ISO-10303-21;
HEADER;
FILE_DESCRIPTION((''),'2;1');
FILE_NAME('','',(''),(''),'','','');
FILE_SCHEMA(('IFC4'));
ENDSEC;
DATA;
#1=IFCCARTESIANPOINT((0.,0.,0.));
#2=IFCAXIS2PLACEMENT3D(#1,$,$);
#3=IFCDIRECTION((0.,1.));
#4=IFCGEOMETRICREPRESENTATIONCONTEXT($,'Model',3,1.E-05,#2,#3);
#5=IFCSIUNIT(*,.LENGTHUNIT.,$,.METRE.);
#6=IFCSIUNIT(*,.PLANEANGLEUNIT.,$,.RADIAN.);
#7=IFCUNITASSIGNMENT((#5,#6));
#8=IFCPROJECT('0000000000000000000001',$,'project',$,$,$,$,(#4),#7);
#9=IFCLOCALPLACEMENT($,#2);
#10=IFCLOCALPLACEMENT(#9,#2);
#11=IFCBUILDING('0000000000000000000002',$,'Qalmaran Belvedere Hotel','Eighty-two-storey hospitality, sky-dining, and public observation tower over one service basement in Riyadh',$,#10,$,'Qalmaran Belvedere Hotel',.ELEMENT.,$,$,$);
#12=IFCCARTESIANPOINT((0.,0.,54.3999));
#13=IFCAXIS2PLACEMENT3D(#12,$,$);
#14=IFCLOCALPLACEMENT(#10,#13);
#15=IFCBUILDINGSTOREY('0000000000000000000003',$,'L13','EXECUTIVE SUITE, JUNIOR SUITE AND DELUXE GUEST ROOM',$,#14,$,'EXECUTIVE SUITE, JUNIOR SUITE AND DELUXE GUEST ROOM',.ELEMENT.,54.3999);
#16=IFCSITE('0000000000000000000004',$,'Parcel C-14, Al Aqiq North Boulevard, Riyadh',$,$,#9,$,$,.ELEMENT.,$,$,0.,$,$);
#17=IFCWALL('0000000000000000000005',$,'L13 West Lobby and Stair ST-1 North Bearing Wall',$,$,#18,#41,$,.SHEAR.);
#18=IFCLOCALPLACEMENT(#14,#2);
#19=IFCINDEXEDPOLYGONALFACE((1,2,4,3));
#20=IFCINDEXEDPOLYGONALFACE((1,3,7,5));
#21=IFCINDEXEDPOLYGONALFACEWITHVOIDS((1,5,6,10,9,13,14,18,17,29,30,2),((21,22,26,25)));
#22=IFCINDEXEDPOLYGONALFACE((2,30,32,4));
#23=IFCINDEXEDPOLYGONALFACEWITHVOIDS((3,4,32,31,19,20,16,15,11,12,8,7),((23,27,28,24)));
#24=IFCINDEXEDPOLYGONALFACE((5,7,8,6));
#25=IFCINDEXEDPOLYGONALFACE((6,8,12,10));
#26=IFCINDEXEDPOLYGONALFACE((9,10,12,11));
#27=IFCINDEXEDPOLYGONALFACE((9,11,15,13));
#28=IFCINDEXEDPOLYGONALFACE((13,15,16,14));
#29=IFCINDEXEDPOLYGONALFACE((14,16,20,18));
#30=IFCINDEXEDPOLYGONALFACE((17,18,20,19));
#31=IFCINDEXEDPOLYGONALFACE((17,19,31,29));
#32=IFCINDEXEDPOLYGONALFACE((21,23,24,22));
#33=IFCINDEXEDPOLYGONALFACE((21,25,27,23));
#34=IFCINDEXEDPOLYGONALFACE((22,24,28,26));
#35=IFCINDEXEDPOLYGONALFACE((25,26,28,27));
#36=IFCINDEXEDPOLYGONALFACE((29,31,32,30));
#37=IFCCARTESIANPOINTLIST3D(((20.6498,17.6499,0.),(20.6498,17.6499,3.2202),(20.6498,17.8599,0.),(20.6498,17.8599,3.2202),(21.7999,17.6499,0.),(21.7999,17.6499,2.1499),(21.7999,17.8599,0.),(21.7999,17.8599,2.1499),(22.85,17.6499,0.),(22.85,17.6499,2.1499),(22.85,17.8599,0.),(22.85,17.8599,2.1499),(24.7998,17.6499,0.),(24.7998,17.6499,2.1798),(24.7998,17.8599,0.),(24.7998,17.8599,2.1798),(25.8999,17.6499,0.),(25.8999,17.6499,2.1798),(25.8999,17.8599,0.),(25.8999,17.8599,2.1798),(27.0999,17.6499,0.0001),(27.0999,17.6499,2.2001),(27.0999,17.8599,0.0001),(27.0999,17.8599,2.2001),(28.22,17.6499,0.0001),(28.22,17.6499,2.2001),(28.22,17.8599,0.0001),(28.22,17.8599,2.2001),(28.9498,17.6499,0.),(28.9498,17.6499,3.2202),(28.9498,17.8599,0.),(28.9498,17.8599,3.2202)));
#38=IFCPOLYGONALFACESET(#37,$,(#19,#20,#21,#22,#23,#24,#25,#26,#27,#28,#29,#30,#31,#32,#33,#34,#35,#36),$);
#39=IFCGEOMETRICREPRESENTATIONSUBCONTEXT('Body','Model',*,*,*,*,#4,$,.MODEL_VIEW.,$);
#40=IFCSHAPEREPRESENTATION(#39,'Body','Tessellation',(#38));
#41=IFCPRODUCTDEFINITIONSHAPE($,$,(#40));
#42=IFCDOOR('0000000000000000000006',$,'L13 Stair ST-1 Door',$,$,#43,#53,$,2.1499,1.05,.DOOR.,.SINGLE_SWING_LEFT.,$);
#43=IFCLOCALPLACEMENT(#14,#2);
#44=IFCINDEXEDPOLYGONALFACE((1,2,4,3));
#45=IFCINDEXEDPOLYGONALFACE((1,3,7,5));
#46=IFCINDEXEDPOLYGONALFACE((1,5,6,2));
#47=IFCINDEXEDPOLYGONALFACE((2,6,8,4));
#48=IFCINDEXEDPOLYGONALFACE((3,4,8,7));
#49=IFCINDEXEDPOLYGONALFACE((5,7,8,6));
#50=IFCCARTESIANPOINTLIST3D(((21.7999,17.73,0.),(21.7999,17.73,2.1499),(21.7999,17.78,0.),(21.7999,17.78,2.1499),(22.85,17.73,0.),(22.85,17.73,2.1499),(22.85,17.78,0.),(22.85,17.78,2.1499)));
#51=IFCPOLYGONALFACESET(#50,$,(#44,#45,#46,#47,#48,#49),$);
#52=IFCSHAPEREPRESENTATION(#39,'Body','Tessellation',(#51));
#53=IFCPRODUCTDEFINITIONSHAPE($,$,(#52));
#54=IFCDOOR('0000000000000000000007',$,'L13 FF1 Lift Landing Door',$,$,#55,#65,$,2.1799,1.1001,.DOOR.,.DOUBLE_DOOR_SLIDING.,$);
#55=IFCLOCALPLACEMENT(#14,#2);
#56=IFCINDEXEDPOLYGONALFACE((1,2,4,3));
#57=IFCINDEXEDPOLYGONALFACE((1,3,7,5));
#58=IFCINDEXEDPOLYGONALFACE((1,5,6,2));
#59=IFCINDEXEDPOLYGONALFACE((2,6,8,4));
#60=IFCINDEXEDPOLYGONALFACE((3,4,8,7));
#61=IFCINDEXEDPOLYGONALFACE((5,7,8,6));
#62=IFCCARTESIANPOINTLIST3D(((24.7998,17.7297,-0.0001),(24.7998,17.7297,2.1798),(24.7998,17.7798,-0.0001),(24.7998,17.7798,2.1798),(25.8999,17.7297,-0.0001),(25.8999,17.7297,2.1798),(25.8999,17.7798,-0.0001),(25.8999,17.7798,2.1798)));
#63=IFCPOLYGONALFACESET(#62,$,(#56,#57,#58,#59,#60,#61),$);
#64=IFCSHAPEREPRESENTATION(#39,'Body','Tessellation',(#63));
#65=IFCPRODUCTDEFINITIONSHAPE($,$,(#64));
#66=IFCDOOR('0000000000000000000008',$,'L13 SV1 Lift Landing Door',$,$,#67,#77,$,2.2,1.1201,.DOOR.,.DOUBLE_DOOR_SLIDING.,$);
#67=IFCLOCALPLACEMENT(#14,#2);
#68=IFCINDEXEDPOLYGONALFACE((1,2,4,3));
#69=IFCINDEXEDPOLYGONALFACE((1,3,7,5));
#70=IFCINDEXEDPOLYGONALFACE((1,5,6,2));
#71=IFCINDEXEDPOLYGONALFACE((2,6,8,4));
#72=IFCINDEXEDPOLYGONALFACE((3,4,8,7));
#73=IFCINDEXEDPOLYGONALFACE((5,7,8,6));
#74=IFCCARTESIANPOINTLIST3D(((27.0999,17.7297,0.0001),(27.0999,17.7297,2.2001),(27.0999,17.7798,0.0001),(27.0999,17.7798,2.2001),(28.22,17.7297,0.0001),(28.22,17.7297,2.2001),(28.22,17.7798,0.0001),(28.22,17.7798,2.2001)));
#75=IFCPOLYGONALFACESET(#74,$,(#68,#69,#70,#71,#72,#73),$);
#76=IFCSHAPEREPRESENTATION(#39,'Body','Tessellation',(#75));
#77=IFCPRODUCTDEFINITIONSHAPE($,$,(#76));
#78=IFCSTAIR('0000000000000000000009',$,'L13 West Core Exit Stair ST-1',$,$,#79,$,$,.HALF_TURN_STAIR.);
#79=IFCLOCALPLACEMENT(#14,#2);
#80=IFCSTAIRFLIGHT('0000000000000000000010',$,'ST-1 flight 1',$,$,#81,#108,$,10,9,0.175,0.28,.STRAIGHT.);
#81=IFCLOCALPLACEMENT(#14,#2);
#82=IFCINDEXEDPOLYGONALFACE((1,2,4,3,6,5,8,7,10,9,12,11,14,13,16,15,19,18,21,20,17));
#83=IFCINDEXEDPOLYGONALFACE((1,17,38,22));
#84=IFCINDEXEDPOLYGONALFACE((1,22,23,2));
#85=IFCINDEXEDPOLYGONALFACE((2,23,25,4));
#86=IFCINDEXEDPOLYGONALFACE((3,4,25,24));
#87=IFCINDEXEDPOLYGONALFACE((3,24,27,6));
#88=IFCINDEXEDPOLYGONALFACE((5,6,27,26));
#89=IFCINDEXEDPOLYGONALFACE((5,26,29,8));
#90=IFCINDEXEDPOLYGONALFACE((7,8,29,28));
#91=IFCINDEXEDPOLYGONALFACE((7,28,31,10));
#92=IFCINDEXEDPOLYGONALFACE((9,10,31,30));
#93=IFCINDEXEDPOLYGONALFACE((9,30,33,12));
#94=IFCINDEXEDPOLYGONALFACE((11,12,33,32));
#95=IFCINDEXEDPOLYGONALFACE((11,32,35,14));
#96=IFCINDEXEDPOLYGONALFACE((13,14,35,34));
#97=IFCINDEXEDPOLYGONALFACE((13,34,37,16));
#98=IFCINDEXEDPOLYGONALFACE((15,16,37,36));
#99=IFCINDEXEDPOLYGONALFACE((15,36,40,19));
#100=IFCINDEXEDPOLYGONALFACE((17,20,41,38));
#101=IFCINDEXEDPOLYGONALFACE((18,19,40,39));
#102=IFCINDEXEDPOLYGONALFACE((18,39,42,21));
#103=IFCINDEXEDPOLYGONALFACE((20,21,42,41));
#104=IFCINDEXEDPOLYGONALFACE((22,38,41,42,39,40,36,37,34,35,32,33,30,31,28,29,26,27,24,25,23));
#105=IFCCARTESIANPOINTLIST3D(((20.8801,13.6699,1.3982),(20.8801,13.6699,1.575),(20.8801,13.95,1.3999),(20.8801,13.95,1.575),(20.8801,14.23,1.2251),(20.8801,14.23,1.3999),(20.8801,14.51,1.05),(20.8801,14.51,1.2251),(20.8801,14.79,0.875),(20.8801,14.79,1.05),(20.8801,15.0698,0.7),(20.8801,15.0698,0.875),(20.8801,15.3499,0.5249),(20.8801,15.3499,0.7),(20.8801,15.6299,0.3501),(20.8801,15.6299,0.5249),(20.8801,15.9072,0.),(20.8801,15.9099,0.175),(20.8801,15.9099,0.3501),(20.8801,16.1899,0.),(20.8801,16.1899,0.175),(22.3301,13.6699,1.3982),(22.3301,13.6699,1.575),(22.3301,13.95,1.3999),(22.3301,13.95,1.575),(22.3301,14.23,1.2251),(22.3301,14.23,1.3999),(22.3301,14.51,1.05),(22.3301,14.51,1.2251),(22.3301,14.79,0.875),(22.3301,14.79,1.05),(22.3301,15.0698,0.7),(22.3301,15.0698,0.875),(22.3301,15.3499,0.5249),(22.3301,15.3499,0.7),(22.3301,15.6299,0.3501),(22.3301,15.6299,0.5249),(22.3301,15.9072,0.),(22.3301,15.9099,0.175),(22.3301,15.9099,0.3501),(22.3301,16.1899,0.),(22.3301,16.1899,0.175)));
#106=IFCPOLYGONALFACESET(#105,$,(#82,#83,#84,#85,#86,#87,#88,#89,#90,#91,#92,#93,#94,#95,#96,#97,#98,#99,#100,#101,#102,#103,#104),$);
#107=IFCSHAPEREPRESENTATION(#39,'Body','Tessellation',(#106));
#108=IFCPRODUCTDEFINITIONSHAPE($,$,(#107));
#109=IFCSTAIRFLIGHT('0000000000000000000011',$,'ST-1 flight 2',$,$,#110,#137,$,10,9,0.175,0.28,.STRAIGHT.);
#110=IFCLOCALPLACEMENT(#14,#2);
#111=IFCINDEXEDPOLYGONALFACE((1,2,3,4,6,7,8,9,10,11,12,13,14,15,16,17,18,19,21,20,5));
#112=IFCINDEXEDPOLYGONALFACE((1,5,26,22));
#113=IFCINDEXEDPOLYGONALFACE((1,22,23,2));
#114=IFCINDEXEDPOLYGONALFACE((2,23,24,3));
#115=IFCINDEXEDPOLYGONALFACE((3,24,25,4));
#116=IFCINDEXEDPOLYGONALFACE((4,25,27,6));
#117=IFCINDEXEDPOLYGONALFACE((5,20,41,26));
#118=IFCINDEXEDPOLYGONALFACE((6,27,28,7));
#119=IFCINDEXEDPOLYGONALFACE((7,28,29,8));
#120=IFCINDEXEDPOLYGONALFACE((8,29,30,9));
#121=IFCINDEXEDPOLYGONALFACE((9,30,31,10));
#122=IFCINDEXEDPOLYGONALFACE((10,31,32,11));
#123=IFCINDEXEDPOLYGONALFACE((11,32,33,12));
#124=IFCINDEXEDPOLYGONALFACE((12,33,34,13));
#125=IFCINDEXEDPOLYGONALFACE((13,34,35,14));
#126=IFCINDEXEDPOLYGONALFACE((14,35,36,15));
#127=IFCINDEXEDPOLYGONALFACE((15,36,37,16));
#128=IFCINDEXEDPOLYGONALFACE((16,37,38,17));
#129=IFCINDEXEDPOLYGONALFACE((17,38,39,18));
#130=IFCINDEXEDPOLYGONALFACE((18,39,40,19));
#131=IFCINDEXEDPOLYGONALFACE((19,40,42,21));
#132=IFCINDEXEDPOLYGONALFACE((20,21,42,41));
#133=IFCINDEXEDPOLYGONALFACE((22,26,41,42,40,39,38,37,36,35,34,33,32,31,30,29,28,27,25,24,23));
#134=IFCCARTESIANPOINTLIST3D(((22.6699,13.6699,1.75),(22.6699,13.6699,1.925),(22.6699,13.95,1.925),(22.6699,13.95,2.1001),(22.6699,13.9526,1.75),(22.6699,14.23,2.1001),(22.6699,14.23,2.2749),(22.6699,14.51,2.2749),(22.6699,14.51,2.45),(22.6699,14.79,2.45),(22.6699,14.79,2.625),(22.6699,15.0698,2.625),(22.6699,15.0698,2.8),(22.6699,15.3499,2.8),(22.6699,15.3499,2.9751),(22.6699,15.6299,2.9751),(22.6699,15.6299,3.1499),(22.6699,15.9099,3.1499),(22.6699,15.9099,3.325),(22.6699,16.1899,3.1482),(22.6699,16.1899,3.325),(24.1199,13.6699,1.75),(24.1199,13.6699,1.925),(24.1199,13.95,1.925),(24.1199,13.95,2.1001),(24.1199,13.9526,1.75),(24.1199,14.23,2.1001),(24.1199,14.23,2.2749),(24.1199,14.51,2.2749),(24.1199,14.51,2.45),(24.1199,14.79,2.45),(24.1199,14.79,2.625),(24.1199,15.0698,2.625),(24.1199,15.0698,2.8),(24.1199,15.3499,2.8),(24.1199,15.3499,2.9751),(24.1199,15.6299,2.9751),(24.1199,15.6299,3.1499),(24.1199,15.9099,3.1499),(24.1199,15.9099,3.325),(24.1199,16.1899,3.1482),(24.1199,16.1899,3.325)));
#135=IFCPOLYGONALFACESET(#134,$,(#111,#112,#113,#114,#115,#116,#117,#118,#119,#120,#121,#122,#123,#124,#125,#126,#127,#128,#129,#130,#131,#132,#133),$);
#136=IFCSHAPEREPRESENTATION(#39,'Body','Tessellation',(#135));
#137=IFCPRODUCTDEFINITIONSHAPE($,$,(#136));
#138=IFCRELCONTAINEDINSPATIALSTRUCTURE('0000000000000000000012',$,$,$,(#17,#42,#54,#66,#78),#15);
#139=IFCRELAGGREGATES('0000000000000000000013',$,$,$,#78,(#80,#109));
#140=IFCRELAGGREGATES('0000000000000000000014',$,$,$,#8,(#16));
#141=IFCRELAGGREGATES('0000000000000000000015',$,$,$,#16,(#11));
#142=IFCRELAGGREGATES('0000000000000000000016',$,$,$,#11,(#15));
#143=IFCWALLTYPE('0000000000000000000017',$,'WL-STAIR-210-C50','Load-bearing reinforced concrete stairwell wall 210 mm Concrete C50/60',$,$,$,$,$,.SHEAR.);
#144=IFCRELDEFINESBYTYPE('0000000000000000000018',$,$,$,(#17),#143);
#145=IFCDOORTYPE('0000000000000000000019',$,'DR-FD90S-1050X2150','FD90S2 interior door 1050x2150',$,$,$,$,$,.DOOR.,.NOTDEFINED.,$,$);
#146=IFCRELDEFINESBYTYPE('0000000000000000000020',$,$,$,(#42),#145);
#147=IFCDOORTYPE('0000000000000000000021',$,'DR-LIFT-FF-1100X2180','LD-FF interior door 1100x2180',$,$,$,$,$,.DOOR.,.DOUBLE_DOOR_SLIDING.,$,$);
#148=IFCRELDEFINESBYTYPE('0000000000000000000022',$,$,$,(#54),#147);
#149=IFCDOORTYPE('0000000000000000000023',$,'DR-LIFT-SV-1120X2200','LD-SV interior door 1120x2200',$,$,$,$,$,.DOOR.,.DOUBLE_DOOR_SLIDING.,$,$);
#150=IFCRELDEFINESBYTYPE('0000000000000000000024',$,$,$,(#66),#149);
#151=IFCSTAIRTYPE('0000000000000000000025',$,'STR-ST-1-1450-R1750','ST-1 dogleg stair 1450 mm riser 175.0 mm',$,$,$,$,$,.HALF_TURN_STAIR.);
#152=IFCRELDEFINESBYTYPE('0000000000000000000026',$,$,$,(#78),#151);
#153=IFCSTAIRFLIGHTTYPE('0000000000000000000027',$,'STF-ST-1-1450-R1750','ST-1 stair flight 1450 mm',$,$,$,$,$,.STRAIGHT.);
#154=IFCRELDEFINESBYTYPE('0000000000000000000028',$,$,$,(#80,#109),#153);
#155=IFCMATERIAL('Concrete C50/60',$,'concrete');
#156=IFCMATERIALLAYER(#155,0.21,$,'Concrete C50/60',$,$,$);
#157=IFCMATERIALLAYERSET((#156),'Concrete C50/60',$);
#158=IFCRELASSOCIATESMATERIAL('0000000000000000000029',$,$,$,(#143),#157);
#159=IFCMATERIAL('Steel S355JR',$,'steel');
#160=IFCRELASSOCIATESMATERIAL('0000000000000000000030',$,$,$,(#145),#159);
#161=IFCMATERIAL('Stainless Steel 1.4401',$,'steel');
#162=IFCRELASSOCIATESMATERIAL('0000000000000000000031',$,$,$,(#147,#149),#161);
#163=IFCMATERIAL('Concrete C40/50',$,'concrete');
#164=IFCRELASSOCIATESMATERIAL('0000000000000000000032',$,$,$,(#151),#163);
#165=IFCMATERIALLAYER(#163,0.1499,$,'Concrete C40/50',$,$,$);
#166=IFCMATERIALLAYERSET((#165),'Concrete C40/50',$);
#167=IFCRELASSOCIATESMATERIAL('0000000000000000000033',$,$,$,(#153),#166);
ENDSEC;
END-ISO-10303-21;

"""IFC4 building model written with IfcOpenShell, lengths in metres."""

from ifc_helpers import new_model, si_unit, direction, frame, frame_2d, origin, place, context, subcontext, project, spatial, polyline, rectangle, outline, extrude, material, layer, layer_set, type_object, element, fill, aggregate, save


model = new_model("IFC4")

# Units and contexts
model_context = context("Model", 3, precision=1e-05, world=origin(), true_north=direction((0.0, 1.0)))
body_context = subcontext(model_context, "Body", "Model", "MODEL_VIEW")
ifc_project = project(units=[si_unit("LENGTHUNIT", "METRE"), si_unit("PLANEANGLEUNIT", "RADIAN")], contexts=[model_context])

# Site, building, storey
site_placement = place(None, origin())
site = spatial("IfcSite", under=ifc_project, at=site_placement, Name="Parcel C-14, Al Aqiq North Boulevard, Riyadh", CompositionType="ELEMENT", RefElevation=0.0)
building_placement = place(site_placement, origin())
building = spatial("IfcBuilding", under=site, at=building_placement, Name="Qalmaran Belvedere Hotel", Description="Eighty-two-storey hospitality, sky-dining, and public observation tower over one service basement in Riyadh", LongName="Qalmaran Belvedere Hotel", CompositionType="ELEMENT")
storey_placement = place(building_placement, frame((0.0, 0.0, 54.3999)))
storey = spatial("IfcBuildingStorey", under=building, at=storey_placement, Name="L13", Description="EXECUTIVE SUITE, JUNIOR SUITE AND DELUXE GUEST ROOM", LongName="EXECUTIVE SUITE, JUNIOR SUITE AND DELUXE GUEST ROOM", CompositionType="ELEMENT", Elevation=54.3999)

# Shared definitions
ifc_material_1 = material(Name="Steel S355JR", Category="steel")

# Wall, openings, doors
ifc_material_2 = material(Name="Concrete C50/60", Category="concrete")
ifc_layer_1 = layer(ifc_material_2, 0.21, Name="Concrete C50/60")
ifc_layer_set_1 = layer_set([ifc_layer_1], Name="Concrete C50/60")
wall_type_1 = type_object("IfcWallType", Name="WL-STAIR-210-C50", Description="Load-bearing reinforced concrete stairwell wall 210 mm Concrete C50/60", PredefinedType="SHEAR", material=ifc_layer_set_1)
wall_1_placement = place(storey_placement, frame((20.6499, 17.7549, 0.0), z_axis=(0.0, 0.0, 1.0), x_axis=(1.0, 0.0, 0.0)))
wall_1 = element("IfcWall", 1, at=wall_1_placement, inside=storey, type_object=wall_type_1, Name="L13 West Lobby and Stair ST-1 North Bearing Wall", PredefinedType="SHEAR", context=body_context, shape_type="SweptSolid", body=[
    extrude(rectangle(XDim=8.3, YDim=0.21, at=frame_2d((4.1499, 0.0))), origin(), (0.0, 0.0, 1.0), 3.2202),
])
opening_1_placement = place(wall_1_placement, frame((2.2, 0.0, 0.0), z_axis=(0.0, 0.0, 1.0), x_axis=(-1.0, 0.0, 0.0)))
opening_1 = element("IfcOpeningElement", 2, at=opening_1_placement, cuts=wall_1, PredefinedType="OPENING", context=body_context, shape_type="SweptSolid", body=[
    extrude(rectangle(XDim=1.05, YDim=2.1499, at=frame_2d((0.5249, 1.075))), frame((0.0, 0.115, 0.0), z_axis=(0.0, -1.0, 0.0), x_axis=(1.0, 0.0, 0.0)), (0.0, 0.0, 1.0), 0.23),
])
opening_2_placement = place(wall_1_placement, frame((4.1499, 0.0, 0.0)))
opening_2 = element("IfcOpeningElement", 3, at=opening_2_placement, cuts=wall_1, PredefinedType="OPENING", context=body_context, shape_type="SweptSolid", body=[
    extrude(rectangle(XDim=1.1001, YDim=2.1799, at=frame_2d((0.55, 1.0898))), frame((0.0, 0.115, 0.0), z_axis=(0.0, -1.0, 0.0), x_axis=(1.0, 0.0, 0.0)), (0.0, 0.0, 1.0), 0.23),
])
opening_3_placement = place(wall_1_placement, frame((6.45, 0.0, 0.0)))
opening_3 = element("IfcOpeningElement", 4, at=opening_3_placement, cuts=wall_1, PredefinedType="OPENING", context=body_context, shape_type="SweptSolid", body=[
    extrude(rectangle(XDim=1.1201, YDim=2.2, at=frame_2d((0.5601, 1.1001))), frame((0.0, 0.115, 0.0), z_axis=(0.0, -1.0, 0.0), x_axis=(1.0, 0.0, 0.0)), (0.0, 0.0, 1.0), 0.23),
])
door_type_1 = type_object("IfcDoorType", Name="DR-FD90S-1050X2150", Description="FD90S2 interior door 1050x2150", OperationType="NOTDEFINED", PredefinedType="DOOR", material=ifc_material_1)
door_1_placement = place(opening_1_placement, origin())
door_1 = element("IfcDoor", 5, at=door_1_placement, inside=storey, type_object=door_type_1, Name="L13 Stair ST-1 Door", OperationType="SINGLE_SWING_LEFT", OverallHeight=2.1499, OverallWidth=1.05, PredefinedType="DOOR", context=body_context, shape_type="SweptSolid", body=[
    extrude(rectangle(XDim=1.05, YDim=2.1499, at=frame_2d((0.5249, 1.075))), frame((0.0, 0.0249, 0.0), z_axis=(0.0, -1.0, 0.0), x_axis=(1.0, 0.0, 0.0)), (0.0, 0.0, 1.0), 0.05),
])
fill(opening_1, door_1)
ifc_material_3 = material(Name="Stainless Steel 1.4401", Category="steel")
door_type_2 = type_object("IfcDoorType", Name="DR-LIFT-FF-1100X2180", Description="LD-FF interior door 1100x2180", OperationType="DOUBLE_DOOR_SLIDING", PredefinedType="DOOR", material=ifc_material_3)
door_2_placement = place(opening_2_placement, origin())
door_2 = element("IfcDoor", 6, at=door_2_placement, inside=storey, type_object=door_type_2, Name="L13 FF1 Lift Landing Door", OperationType="DOUBLE_DOOR_SLIDING", OverallHeight=2.1799, OverallWidth=1.1001, PredefinedType="DOOR", context=body_context, shape_type="SweptSolid", body=[
    extrude(rectangle(XDim=1.1001, YDim=2.1799, at=frame_2d((0.55, 1.0898))), frame((0.0, 0.0249, 0.0), z_axis=(0.0, -1.0, 0.0), x_axis=(1.0, 0.0, 0.0)), (0.0, 0.0, 1.0), 0.05),
])
fill(opening_2, door_2)
door_type_3 = type_object("IfcDoorType", Name="DR-LIFT-SV-1120X2200", Description="LD-SV interior door 1120x2200", OperationType="DOUBLE_DOOR_SLIDING", PredefinedType="DOOR", material=ifc_material_3)
door_3_placement = place(opening_3_placement, origin())
door_3 = element("IfcDoor", 7, at=door_3_placement, inside=storey, type_object=door_type_3, Name="L13 SV1 Lift Landing Door", OperationType="DOUBLE_DOOR_SLIDING", OverallHeight=2.2, OverallWidth=1.1201, PredefinedType="DOOR", context=body_context, shape_type="SweptSolid", body=[
    extrude(rectangle(XDim=1.1201, YDim=2.2, at=frame_2d((0.5601, 1.1001))), frame((0.0, 0.0249, 0.0), z_axis=(0.0, -1.0, 0.0), x_axis=(1.0, 0.0, 0.0)), (0.0, 0.0, 1.0), 0.05),
])
fill(opening_3, door_3)

# Stair, stair flights
ifc_material_4 = material(Name="Concrete C40/50", Category="concrete")
stair_type = type_object("IfcStairType", Name="STR-ST-1-1450-R1750", Description="ST-1 dogleg stair 1450 mm riser 175.0 mm", PredefinedType="HALF_TURN_STAIR", material=ifc_material_4)
stair_placement = place(storey_placement, origin())
stair = element("IfcStair", 8, at=stair_placement, inside=storey, type_object=stair_type, Name="L13 West Core Exit Stair ST-1", PredefinedType="HALF_TURN_STAIR")
ifc_layer_2 = layer(ifc_material_4, 0.1499, Name="Concrete C40/50")
ifc_layer_set_2 = layer_set([ifc_layer_2], Name="Concrete C40/50")
stair_flight_type = type_object("IfcStairFlightType", Name="STF-ST-1-1450-R1750", Description="ST-1 stair flight 1450 mm", PredefinedType="STRAIGHT", material=ifc_layer_set_2)
stair_flight_1_placement = place(storey_placement, frame((21.605, 16.1899, 0.0), z_axis=(0.0, 0.0, 1.0), x_axis=(0.0, -1.0, 0.0)))
stair_flight_1 = element("IfcStairFlight", 9, at=stair_flight_1_placement, type_object=stair_flight_type, Name="ST-1 flight 1", NumberOfRisers=10, NumberOfTreads=9, PredefinedType="STRAIGHT", RiserHeight=0.175, TreadLength=0.28, context=body_context, shape_type="SweptSolid", body=[
    extrude(outline(polyline([(0.0, 0.0), (0.0, 0.175), (0.28, 0.175), (0.28, 0.3501), (0.5601, 0.3501), (0.5601, 0.5249), (0.8401, 0.5249), (0.8401, 0.7), (1.1201, 0.7), (1.1201, 0.875), (1.3999, 0.875), (1.3999, 1.05), (1.6799, 1.05), (1.6799, 1.2251), (1.96, 1.2251), (1.96, 1.3999), (2.24, 1.3999), (2.24, 1.575), (2.52, 1.575), (2.52, 1.75), (2.52, 1.3982), (0.2827, 0.0), (0.0, 0.0)])), frame((0.0, 0.7251, 0.0), z_axis=(0.0, -1.0, 0.0), x_axis=(1.0, 0.0, 0.0)), (0.0, 0.0, 1.0), 1.45),
])
stair_flight_2_placement = place(storey_placement, frame((23.395, 13.6699, 1.75), z_axis=(0.0, 0.0, 1.0), x_axis=(0.0, 1.0, 0.0)))
stair_flight_2 = element("IfcStairFlight", 10, at=stair_flight_2_placement, type_object=stair_flight_type, Name="ST-1 flight 2", NumberOfRisers=10, NumberOfTreads=9, PredefinedType="STRAIGHT", RiserHeight=0.175, TreadLength=0.28, context=body_context, shape_type="SweptSolid", body=[
    extrude(outline(polyline([(0.0, 0.0), (0.0, 0.175), (0.28, 0.175), (0.28, 0.3501), (0.5601, 0.3501), (0.5601, 0.5249), (0.8401, 0.5249), (0.8401, 0.7), (1.1201, 0.7), (1.1201, 0.875), (1.3999, 0.875), (1.3999, 1.05), (1.6799, 1.05), (1.6799, 1.2251), (1.96, 1.2251), (1.96, 1.3999), (2.24, 1.3999), (2.24, 1.575), (2.52, 1.575), (2.52, 1.75), (2.52, 1.3982), (0.2827, 0.0), (0.0, 0.0)])), frame((0.0, 0.7251, 0.0), z_axis=(0.0, -1.0, 0.0), x_axis=(1.0, 0.0, 0.0)), (0.0, 0.0, 1.0), 1.45),
])
aggregate(stair, [stair_flight_1, stair_flight_2])

save(model, "model.ifc")
